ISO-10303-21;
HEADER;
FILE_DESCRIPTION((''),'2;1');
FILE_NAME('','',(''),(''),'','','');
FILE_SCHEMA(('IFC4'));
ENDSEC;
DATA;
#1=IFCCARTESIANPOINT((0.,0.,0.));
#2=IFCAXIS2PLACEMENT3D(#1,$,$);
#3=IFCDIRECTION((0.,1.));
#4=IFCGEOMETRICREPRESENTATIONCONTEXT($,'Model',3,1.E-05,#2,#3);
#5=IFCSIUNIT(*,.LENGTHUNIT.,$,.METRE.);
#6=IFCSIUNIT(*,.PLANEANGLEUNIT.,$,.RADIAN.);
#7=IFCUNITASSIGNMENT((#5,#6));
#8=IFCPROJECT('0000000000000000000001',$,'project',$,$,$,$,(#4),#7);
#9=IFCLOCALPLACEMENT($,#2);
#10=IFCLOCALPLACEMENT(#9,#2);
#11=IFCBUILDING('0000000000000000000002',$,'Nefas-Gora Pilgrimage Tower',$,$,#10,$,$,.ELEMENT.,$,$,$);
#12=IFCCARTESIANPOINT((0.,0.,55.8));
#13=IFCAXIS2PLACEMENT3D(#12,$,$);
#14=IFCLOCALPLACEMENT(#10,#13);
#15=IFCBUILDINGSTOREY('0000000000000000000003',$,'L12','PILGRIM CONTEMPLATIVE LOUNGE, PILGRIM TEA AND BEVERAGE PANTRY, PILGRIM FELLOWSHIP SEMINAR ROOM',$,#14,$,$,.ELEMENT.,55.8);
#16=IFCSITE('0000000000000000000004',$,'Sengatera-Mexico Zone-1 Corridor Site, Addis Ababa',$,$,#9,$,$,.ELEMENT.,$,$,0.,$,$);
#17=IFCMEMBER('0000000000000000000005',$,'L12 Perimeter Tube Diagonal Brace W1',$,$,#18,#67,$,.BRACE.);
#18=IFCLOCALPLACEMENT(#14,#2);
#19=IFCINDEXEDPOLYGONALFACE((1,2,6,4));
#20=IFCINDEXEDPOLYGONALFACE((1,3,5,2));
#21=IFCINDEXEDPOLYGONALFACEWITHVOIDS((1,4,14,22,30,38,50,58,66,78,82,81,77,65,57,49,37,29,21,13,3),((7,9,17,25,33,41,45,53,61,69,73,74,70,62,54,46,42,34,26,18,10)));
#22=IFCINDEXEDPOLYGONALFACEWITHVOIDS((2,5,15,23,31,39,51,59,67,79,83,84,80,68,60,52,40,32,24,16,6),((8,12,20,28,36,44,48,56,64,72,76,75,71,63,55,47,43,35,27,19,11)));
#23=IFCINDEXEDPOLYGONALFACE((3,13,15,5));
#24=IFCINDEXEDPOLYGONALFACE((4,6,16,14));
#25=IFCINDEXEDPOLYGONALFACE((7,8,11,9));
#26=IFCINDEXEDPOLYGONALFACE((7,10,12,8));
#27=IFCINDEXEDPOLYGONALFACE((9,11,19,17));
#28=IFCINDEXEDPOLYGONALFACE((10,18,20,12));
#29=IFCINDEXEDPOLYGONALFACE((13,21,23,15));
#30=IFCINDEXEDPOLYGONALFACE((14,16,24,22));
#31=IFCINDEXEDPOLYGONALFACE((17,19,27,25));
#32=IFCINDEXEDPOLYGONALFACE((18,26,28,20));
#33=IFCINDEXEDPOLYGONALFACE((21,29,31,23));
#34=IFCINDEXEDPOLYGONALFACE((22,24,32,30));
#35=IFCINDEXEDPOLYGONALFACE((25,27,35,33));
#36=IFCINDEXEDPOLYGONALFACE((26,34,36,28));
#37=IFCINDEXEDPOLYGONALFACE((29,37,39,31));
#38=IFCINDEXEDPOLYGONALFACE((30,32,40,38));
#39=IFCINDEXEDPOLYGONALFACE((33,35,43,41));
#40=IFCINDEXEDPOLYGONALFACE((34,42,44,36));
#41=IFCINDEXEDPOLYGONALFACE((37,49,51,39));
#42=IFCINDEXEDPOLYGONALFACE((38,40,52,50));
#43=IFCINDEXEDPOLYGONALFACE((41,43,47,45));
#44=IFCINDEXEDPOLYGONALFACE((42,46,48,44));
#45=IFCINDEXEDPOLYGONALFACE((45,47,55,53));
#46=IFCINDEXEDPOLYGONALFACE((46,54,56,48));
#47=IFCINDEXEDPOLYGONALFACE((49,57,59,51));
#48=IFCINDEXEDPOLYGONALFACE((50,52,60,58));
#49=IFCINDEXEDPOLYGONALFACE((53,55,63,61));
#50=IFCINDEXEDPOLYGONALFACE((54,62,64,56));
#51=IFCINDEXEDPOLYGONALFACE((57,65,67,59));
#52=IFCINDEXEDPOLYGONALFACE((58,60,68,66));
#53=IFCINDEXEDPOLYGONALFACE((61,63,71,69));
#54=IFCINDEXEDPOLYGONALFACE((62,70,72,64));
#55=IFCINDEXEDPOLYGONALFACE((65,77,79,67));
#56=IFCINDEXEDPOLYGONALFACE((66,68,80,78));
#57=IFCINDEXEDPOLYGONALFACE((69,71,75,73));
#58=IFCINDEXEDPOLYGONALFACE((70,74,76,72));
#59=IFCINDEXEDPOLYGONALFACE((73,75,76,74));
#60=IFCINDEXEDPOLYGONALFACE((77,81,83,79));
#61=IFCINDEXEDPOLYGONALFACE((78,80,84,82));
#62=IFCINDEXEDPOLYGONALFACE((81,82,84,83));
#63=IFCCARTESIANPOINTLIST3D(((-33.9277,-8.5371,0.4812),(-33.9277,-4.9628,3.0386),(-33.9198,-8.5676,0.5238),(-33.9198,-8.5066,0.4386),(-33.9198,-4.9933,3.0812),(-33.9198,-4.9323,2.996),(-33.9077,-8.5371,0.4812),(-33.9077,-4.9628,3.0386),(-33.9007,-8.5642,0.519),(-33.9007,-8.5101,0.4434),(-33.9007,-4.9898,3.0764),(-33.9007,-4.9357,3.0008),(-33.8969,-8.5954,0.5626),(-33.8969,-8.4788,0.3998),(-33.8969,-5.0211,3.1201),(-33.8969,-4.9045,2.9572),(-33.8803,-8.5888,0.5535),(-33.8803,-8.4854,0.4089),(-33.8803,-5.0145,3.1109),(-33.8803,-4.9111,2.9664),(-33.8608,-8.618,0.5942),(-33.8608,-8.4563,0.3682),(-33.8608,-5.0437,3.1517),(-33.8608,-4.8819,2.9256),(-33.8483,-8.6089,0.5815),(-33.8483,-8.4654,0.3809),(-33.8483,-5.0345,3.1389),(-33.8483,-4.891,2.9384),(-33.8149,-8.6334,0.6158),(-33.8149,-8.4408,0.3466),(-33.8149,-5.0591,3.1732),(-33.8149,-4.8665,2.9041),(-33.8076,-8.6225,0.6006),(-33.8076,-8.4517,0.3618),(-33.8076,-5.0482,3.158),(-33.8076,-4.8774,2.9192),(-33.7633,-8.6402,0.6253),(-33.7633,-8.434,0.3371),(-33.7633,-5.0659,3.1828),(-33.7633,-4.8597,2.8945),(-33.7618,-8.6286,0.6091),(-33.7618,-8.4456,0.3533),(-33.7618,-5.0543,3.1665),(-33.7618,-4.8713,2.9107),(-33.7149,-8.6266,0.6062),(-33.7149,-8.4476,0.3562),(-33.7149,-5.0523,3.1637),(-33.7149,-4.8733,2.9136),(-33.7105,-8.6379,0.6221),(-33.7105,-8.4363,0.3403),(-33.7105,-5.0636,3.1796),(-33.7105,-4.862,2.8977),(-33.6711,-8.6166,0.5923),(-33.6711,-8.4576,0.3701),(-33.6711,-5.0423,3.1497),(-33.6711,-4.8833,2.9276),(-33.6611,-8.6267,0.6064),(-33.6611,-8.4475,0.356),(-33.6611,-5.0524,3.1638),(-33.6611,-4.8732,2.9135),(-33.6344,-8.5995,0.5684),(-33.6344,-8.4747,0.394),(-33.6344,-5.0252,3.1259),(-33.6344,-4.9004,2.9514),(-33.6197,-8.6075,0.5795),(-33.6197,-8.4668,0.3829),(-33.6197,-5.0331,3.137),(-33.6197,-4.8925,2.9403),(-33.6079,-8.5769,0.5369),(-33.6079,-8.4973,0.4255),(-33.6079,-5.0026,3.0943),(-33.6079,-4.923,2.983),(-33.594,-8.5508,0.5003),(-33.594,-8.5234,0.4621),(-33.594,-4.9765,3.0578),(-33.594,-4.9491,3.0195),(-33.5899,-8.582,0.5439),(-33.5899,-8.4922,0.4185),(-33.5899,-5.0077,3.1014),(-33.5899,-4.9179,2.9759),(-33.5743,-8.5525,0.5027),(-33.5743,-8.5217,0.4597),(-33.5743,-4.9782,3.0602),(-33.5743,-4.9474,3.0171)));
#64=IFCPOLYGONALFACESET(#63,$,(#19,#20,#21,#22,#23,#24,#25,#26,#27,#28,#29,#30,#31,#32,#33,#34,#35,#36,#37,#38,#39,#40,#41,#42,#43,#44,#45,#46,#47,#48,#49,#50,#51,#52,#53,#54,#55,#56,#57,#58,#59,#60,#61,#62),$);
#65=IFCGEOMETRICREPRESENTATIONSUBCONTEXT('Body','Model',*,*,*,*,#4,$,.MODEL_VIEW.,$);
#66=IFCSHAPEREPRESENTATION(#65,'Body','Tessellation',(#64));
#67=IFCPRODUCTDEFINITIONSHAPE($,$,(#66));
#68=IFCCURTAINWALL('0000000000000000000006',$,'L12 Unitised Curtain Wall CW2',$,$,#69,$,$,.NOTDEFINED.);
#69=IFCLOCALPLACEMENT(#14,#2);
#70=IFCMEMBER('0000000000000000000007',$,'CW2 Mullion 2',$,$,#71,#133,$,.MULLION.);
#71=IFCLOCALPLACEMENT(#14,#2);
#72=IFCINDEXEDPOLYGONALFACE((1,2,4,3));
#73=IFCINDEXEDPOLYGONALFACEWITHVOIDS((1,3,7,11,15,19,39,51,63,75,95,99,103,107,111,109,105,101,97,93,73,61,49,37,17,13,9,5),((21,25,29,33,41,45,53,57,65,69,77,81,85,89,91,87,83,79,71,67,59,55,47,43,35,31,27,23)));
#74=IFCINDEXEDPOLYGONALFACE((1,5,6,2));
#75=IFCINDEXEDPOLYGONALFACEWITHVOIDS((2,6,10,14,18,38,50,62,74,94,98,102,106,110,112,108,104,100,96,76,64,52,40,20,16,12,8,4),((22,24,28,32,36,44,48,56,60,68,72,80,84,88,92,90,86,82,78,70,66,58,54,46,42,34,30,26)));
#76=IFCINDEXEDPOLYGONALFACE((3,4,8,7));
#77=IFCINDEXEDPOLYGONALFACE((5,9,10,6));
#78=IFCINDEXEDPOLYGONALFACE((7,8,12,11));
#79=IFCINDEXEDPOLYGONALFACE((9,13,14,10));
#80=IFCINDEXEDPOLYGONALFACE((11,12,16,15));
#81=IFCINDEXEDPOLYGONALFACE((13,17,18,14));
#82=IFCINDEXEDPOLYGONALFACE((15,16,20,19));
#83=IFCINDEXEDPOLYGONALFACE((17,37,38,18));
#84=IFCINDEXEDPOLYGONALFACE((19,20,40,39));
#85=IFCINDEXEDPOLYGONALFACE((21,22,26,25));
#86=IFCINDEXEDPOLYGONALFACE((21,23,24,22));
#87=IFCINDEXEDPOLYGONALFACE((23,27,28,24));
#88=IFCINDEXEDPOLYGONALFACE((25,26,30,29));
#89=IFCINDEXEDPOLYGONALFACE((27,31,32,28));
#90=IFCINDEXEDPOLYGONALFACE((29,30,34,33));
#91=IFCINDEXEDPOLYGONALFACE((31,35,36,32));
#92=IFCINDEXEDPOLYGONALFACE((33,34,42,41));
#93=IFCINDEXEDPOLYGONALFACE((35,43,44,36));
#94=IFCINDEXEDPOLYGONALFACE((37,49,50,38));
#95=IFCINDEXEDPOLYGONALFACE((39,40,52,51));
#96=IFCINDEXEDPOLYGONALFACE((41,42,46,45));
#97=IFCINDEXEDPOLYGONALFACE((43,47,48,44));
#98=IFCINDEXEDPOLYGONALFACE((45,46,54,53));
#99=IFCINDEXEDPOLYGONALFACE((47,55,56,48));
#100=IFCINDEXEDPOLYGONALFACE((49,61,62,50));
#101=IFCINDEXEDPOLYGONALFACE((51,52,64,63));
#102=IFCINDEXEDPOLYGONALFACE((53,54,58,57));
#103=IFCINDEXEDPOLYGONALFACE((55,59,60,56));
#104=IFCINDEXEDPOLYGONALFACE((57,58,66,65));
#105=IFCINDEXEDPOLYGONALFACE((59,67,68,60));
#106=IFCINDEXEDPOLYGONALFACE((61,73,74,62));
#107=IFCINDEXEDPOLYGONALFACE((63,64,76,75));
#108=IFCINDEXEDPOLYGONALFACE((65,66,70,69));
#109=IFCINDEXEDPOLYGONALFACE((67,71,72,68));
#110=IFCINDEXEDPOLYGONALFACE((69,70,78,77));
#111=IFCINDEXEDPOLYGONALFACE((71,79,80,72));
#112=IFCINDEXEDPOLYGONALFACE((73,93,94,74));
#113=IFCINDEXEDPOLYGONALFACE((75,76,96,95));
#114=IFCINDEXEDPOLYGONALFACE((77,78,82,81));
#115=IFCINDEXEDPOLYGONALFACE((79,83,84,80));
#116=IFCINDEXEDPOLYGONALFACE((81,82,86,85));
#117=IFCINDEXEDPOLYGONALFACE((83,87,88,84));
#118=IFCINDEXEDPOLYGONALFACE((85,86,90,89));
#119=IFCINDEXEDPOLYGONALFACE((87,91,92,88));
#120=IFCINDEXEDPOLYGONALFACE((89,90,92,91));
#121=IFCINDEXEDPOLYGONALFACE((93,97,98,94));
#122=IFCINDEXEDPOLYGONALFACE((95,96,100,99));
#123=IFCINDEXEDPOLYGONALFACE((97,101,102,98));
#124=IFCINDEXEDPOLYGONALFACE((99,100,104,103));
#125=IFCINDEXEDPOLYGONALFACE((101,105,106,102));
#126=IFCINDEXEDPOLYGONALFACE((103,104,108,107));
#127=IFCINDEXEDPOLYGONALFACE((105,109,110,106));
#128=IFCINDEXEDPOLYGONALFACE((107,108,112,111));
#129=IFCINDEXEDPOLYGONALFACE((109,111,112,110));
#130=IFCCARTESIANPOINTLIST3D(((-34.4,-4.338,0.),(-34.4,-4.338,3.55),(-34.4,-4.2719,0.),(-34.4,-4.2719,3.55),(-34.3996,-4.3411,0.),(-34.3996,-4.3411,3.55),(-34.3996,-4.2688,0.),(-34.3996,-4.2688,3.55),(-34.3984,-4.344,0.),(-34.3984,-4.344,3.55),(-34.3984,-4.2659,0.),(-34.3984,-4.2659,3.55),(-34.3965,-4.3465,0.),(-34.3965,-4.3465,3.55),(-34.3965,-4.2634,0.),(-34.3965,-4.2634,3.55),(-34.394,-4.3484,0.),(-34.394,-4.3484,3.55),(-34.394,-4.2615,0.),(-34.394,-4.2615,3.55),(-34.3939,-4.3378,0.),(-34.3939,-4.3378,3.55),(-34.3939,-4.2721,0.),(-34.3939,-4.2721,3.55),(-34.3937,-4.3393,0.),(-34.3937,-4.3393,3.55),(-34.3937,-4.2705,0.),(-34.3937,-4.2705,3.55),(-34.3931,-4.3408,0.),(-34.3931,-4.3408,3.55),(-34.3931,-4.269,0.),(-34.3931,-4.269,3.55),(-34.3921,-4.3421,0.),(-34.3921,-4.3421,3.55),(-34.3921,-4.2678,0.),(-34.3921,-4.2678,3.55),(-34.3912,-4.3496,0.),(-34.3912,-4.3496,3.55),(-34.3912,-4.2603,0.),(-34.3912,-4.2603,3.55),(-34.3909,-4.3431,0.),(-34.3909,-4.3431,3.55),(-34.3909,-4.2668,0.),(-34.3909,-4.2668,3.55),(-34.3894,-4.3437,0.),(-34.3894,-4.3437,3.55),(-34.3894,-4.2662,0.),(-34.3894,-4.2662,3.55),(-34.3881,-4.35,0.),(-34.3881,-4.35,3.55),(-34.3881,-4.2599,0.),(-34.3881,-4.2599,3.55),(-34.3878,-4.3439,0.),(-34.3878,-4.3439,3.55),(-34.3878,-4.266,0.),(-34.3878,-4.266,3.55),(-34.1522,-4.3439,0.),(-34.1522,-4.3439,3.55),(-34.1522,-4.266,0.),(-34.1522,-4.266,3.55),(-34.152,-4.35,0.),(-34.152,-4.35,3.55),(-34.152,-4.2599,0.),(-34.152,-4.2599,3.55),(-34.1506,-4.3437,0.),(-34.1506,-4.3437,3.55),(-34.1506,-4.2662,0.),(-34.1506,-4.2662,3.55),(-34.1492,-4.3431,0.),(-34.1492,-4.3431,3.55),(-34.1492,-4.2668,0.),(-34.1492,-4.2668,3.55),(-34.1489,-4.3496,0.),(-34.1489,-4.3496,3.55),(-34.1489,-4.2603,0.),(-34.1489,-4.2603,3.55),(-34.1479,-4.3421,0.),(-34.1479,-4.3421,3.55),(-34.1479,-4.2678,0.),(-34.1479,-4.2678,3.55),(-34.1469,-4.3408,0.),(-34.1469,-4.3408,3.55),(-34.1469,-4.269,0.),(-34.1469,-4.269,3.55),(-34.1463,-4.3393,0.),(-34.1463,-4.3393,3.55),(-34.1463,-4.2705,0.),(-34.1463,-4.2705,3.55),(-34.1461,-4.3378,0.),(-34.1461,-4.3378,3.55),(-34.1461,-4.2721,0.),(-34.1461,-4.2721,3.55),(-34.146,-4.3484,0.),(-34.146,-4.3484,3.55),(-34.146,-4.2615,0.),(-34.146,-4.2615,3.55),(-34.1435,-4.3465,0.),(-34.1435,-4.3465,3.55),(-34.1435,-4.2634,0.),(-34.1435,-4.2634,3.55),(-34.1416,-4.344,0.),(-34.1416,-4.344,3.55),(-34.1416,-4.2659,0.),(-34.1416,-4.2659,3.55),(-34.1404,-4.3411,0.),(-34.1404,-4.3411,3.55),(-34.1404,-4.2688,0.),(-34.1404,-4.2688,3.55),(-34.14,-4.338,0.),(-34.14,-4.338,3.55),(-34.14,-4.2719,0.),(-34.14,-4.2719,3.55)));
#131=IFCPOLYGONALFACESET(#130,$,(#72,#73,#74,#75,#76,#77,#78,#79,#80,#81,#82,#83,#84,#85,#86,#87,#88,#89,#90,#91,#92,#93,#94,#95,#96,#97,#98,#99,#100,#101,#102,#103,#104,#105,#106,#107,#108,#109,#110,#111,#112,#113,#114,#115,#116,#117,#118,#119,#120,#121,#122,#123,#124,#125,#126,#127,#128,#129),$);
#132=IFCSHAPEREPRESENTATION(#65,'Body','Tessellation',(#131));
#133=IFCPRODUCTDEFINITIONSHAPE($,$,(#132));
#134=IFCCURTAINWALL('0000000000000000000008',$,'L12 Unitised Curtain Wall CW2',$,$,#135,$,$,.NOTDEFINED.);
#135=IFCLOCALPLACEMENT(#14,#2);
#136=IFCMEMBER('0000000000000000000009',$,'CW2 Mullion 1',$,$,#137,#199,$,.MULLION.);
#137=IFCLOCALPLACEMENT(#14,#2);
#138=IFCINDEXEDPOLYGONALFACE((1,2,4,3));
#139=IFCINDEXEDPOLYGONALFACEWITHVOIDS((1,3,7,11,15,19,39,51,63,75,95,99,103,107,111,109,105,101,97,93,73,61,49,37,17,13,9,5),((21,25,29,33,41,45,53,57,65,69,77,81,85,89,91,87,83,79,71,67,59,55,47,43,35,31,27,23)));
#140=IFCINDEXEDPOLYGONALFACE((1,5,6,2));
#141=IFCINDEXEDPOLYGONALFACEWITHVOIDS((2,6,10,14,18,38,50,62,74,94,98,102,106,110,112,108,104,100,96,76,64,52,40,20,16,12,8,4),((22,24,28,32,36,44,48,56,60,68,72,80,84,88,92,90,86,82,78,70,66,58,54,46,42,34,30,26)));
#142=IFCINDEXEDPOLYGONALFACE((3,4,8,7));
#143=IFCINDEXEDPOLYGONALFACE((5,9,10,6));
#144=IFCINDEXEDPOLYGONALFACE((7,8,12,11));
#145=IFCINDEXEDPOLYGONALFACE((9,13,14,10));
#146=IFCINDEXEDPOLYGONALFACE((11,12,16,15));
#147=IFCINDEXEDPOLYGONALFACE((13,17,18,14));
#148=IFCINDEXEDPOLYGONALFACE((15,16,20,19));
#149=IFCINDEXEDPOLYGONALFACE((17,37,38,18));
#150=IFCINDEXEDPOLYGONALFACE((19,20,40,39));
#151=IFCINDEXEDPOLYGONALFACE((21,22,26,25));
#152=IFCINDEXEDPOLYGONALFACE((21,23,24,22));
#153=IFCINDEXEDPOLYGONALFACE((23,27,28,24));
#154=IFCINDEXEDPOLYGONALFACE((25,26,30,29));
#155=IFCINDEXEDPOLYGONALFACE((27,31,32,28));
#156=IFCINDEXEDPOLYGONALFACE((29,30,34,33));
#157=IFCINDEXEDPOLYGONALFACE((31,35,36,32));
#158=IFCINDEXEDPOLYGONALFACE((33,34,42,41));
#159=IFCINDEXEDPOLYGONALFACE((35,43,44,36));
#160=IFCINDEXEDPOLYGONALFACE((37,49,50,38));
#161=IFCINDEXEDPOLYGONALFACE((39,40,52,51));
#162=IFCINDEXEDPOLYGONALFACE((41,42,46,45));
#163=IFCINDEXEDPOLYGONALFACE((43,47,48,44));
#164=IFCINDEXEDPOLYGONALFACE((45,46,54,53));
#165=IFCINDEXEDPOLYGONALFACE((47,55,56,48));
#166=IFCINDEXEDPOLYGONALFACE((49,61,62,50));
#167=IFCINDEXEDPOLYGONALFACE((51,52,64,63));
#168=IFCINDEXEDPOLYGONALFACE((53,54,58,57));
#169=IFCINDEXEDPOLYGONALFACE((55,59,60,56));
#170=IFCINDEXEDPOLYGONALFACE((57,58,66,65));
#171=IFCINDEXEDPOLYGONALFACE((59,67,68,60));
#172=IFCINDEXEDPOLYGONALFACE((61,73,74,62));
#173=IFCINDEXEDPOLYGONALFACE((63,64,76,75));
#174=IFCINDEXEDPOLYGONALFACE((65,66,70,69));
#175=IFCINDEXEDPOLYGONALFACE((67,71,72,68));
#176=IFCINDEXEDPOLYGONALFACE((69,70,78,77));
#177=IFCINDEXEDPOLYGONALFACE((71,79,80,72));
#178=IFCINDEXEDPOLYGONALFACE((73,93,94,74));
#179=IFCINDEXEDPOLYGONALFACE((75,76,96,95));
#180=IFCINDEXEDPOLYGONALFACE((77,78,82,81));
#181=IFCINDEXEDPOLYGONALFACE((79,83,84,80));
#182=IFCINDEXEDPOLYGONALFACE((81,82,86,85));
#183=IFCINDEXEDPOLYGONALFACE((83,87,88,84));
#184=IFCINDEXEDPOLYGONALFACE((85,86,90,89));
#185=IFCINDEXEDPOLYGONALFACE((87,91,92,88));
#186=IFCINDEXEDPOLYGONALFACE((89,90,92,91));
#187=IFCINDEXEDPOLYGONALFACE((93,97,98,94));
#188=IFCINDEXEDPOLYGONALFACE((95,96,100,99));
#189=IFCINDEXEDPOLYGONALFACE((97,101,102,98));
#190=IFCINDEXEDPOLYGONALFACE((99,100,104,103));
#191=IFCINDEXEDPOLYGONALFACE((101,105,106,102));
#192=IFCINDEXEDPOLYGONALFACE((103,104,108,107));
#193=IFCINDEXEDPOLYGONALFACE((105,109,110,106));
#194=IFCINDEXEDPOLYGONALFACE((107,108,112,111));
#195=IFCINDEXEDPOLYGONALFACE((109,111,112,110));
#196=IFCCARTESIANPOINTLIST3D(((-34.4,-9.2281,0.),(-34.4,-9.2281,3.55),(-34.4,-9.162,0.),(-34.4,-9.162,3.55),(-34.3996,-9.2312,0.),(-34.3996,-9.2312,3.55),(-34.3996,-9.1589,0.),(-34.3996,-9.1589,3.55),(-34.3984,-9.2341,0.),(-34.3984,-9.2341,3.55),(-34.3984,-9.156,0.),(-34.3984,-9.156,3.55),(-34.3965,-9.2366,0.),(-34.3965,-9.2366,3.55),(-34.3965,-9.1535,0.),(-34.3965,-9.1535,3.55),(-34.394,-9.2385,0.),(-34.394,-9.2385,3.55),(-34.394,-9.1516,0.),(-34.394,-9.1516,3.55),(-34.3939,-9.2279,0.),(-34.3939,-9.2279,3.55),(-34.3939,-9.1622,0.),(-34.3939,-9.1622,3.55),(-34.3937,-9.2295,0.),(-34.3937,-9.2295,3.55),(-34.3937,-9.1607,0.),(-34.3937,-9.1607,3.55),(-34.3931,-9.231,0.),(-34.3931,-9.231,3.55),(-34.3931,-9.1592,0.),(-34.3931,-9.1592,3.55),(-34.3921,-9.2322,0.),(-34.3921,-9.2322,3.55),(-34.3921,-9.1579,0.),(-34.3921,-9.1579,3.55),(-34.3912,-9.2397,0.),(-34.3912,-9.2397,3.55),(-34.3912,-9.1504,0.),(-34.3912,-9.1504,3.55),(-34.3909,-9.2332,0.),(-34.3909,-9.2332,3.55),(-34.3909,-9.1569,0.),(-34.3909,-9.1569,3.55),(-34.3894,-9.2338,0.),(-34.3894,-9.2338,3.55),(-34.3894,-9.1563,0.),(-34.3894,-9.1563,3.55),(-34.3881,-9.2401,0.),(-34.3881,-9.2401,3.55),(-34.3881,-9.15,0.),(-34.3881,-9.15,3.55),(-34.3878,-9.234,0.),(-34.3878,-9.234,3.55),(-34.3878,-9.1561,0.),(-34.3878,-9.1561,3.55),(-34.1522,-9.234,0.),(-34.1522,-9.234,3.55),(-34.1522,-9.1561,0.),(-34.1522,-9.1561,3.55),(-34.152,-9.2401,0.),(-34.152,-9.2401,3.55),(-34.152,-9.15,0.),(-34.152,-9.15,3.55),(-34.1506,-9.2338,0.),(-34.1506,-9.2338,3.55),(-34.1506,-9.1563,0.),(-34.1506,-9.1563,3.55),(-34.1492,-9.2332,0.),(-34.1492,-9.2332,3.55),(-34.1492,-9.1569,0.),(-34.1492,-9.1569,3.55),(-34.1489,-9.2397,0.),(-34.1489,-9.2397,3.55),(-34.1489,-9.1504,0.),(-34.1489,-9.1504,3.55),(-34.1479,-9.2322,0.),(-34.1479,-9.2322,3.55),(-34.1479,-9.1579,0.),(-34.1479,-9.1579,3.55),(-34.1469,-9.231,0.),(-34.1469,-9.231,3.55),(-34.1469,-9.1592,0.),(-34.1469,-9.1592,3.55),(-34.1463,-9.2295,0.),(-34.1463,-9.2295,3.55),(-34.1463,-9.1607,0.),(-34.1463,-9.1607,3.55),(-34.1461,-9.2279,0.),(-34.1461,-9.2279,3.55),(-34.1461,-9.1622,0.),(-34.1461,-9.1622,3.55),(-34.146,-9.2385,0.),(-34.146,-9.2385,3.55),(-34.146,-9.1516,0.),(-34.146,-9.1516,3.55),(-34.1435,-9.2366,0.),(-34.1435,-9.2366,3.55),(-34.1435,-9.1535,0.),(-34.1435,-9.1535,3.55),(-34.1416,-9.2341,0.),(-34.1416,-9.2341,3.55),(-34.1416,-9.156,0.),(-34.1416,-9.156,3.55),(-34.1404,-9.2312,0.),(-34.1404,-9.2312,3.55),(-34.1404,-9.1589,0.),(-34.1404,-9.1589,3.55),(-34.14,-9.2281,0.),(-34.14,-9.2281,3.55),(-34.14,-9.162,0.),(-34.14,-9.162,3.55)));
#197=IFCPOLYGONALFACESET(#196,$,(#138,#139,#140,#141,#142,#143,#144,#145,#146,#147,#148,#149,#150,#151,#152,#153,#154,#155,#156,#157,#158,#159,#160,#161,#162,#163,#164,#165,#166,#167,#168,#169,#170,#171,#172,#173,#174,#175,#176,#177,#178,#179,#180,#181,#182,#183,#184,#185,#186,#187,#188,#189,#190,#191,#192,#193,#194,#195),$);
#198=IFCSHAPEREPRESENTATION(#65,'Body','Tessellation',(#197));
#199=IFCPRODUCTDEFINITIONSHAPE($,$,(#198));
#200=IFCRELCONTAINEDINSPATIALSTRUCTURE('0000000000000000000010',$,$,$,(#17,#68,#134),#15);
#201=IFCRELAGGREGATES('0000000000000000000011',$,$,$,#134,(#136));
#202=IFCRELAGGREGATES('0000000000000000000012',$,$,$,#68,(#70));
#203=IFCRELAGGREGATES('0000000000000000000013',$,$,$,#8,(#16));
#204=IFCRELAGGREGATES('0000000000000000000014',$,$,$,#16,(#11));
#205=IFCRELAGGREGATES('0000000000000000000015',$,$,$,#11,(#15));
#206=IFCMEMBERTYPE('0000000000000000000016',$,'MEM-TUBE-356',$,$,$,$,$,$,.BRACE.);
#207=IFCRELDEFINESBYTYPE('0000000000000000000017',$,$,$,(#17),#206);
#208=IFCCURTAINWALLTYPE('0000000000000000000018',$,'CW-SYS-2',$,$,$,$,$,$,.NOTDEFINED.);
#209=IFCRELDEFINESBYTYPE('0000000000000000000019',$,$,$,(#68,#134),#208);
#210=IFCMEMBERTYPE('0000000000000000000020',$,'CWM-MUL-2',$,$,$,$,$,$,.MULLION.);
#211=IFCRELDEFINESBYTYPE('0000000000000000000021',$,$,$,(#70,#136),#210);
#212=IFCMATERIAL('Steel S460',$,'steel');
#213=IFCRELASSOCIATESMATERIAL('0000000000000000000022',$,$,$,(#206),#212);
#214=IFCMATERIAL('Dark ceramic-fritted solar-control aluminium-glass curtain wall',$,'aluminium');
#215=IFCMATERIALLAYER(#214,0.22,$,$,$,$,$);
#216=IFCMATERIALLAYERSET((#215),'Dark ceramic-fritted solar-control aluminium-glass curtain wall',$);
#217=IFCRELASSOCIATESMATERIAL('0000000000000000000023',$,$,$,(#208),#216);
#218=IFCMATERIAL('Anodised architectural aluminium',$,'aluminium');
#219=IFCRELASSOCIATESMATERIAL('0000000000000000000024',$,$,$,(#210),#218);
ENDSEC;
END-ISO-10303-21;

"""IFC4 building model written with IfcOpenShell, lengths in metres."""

from ifc_helpers import new_model, si_unit, direction, frame, origin, origin_2d, place, context, subcontext, project, spatial, hollow_rectangle, hollow_circle, extrude, source, transform, mapped, material, layer, layer_set, material_profile, profile_set, type_object, element, aggregate, save


model = new_model("IFC4")

# Units and contexts
model_context = context("Model", 3, precision=1e-05, world=origin(), true_north=direction((0.0, 1.0)))
body_context = subcontext(model_context, "Body", "Model", "MODEL_VIEW")
ifc_project = project(units=[si_unit("LENGTHUNIT", "METRE"), si_unit("PLANEANGLEUNIT", "RADIAN")], contexts=[model_context])

# Site, building, storey
site_placement = place(None, origin())
site = spatial("IfcSite", under=ifc_project, at=site_placement, Name="Sengatera-Mexico Zone-1 Corridor Site, Addis Ababa", CompositionType="ELEMENT", RefElevation=0.0)
building_placement = place(site_placement, origin())
building = spatial("IfcBuilding", under=site, at=building_placement, Name="Nefas-Gora Pilgrimage Tower", CompositionType="ELEMENT")
storey_placement = place(building_placement, frame((0.0, 0.0, 55.8)))
storey = spatial("IfcBuildingStorey", under=building, at=storey_placement, Name="L12", Description="PILGRIM CONTEMPLATIVE LOUNGE, PILGRIM TEA AND BEVERAGE PANTRY, PILGRIM FELLOWSHIP SEMINAR ROOM", CompositionType="ELEMENT", Elevation=55.8)

# Shared definitions
ifc_material_1 = material(Name="Steel S460", Category="steel")

# Member
ifc_material_profile_1 = material_profile(ifc_material_1, hollow_circle(Radius=0.1777, WallThickness=0.02, at=origin_2d()), Name="CHS 355.6x20")
ifc_profile_set_1 = profile_set([ifc_material_profile_1], Name="Steel S460")
member_type_1 = type_object("IfcMemberType", Name="MEM-TUBE-356", PredefinedType="BRACE", material=ifc_profile_set_1)
shared_shape_1 = source(origin(), body_context, "Body", "SweptSolid", [
    extrude(hollow_circle(Radius=0.1777, WallThickness=0.02, at=origin_2d()), origin(), (0.0, 0.0, 1.0), 4.395),
])
member_1_placement = place(storey_placement, frame((-33.75, -8.5371, 0.4812), z_axis=(0.0, 0.813264, 0.581895), x_axis=(-1.0, 0.0, 0.0)))
element("IfcMember", 1, at=member_1_placement, inside=storey, type_object=member_type_1, Name="L12 Perimeter Tube Diagonal Brace W1", PredefinedType="BRACE", context=body_context, shape_type="MappedRepresentation", body=[
    mapped(shared_shape_1, transform((0.0, 0.0, 0.0), x_axis=(1.0, 0.0, 0.0), y_axis=(0.0, 1.0, 0.0), z_axis=(0.0, 0.0, 1.0), scale=1.0)),
])

# Curtain wall, member
ifc_material_2 = material(Name="Dark ceramic-fritted solar-control aluminium-glass curtain wall", Category="aluminium")
ifc_layer_1 = layer(ifc_material_2, 0.22)
ifc_layer_set_1 = layer_set([ifc_layer_1], Name="Dark ceramic-fritted solar-control aluminium-glass curtain wall")
curtain_wall_type = type_object("IfcCurtainWallType", Name="CW-SYS-2", PredefinedType="NOTDEFINED", material=ifc_layer_set_1)
curtain_wall_1_placement = place(storey_placement, origin())
curtain_wall_1 = element("IfcCurtainWall", 2, at=curtain_wall_1_placement, inside=storey, type_object=curtain_wall_type, Name="L12 Unitised Curtain Wall CW2", PredefinedType="NOTDEFINED")
ifc_material_3 = material(Name="Anodised architectural aluminium", Category="aluminium")
ifc_material_profile_2 = material_profile(ifc_material_3, hollow_rectangle(XDim=0.0901, YDim=0.26, WallThickness=0.0061, InnerFilletRadius=0.0061, OuterFilletRadius=0.012, at=origin_2d()), Name="ALU MULLION 90x260")
ifc_profile_set_2 = profile_set([ifc_material_profile_2], Name="Anodised architectural aluminium")
member_type_2 = type_object("IfcMemberType", Name="CWM-MUL-2", PredefinedType="MULLION", material=ifc_profile_set_2)
shared_shape_2 = source(origin(), body_context, "Body", "SweptSolid", [
    extrude(hollow_rectangle(XDim=0.0901, YDim=0.26, WallThickness=0.0061, InnerFilletRadius=0.0061, OuterFilletRadius=0.012, at=origin_2d()), origin(), (0.0, 0.0, 1.0), 3.55),
])
member_2_placement = place(storey_placement, frame((-34.27, -4.3049, 0.0), z_axis=(0.0, 0.0, 1.0), x_axis=(0.0, -1.0, 0.0)))
member_2 = element("IfcMember", 3, at=member_2_placement, type_object=member_type_2, Name="CW2 Mullion 2", PredefinedType="MULLION", context=body_context, shape_type="MappedRepresentation", body=[
    mapped(shared_shape_2, transform((0.0, 0.0, 0.0), x_axis=(1.0, 0.0, 0.0), y_axis=(0.0, 1.0, 0.0), z_axis=(0.0, 0.0, 1.0), scale=1.0)),
])

# Curtain wall, member
curtain_wall_2_placement = place(storey_placement, origin())
curtain_wall_2 = element("IfcCurtainWall", 4, at=curtain_wall_2_placement, inside=storey, type_object=curtain_wall_type, Name="L12 Unitised Curtain Wall CW2", PredefinedType="NOTDEFINED")
member_3_placement = place(storey_placement, frame((-34.27, -9.1951, 0.0), z_axis=(0.0, 0.0, 1.0), x_axis=(0.0, -1.0, 0.0)))
member_3 = element("IfcMember", 5, at=member_3_placement, type_object=member_type_2, Name="CW2 Mullion 1", PredefinedType="MULLION", context=body_context, shape_type="MappedRepresentation", body=[
    mapped(shared_shape_2, transform((0.0, 0.0, 0.0), x_axis=(1.0, 0.0, 0.0), y_axis=(0.0, 1.0, 0.0), z_axis=(0.0, 0.0, 1.0), scale=1.0)),
])

aggregate(curtain_wall_2, [member_3])
aggregate(curtain_wall_1, [member_2])

save(model, "model.ifc")
